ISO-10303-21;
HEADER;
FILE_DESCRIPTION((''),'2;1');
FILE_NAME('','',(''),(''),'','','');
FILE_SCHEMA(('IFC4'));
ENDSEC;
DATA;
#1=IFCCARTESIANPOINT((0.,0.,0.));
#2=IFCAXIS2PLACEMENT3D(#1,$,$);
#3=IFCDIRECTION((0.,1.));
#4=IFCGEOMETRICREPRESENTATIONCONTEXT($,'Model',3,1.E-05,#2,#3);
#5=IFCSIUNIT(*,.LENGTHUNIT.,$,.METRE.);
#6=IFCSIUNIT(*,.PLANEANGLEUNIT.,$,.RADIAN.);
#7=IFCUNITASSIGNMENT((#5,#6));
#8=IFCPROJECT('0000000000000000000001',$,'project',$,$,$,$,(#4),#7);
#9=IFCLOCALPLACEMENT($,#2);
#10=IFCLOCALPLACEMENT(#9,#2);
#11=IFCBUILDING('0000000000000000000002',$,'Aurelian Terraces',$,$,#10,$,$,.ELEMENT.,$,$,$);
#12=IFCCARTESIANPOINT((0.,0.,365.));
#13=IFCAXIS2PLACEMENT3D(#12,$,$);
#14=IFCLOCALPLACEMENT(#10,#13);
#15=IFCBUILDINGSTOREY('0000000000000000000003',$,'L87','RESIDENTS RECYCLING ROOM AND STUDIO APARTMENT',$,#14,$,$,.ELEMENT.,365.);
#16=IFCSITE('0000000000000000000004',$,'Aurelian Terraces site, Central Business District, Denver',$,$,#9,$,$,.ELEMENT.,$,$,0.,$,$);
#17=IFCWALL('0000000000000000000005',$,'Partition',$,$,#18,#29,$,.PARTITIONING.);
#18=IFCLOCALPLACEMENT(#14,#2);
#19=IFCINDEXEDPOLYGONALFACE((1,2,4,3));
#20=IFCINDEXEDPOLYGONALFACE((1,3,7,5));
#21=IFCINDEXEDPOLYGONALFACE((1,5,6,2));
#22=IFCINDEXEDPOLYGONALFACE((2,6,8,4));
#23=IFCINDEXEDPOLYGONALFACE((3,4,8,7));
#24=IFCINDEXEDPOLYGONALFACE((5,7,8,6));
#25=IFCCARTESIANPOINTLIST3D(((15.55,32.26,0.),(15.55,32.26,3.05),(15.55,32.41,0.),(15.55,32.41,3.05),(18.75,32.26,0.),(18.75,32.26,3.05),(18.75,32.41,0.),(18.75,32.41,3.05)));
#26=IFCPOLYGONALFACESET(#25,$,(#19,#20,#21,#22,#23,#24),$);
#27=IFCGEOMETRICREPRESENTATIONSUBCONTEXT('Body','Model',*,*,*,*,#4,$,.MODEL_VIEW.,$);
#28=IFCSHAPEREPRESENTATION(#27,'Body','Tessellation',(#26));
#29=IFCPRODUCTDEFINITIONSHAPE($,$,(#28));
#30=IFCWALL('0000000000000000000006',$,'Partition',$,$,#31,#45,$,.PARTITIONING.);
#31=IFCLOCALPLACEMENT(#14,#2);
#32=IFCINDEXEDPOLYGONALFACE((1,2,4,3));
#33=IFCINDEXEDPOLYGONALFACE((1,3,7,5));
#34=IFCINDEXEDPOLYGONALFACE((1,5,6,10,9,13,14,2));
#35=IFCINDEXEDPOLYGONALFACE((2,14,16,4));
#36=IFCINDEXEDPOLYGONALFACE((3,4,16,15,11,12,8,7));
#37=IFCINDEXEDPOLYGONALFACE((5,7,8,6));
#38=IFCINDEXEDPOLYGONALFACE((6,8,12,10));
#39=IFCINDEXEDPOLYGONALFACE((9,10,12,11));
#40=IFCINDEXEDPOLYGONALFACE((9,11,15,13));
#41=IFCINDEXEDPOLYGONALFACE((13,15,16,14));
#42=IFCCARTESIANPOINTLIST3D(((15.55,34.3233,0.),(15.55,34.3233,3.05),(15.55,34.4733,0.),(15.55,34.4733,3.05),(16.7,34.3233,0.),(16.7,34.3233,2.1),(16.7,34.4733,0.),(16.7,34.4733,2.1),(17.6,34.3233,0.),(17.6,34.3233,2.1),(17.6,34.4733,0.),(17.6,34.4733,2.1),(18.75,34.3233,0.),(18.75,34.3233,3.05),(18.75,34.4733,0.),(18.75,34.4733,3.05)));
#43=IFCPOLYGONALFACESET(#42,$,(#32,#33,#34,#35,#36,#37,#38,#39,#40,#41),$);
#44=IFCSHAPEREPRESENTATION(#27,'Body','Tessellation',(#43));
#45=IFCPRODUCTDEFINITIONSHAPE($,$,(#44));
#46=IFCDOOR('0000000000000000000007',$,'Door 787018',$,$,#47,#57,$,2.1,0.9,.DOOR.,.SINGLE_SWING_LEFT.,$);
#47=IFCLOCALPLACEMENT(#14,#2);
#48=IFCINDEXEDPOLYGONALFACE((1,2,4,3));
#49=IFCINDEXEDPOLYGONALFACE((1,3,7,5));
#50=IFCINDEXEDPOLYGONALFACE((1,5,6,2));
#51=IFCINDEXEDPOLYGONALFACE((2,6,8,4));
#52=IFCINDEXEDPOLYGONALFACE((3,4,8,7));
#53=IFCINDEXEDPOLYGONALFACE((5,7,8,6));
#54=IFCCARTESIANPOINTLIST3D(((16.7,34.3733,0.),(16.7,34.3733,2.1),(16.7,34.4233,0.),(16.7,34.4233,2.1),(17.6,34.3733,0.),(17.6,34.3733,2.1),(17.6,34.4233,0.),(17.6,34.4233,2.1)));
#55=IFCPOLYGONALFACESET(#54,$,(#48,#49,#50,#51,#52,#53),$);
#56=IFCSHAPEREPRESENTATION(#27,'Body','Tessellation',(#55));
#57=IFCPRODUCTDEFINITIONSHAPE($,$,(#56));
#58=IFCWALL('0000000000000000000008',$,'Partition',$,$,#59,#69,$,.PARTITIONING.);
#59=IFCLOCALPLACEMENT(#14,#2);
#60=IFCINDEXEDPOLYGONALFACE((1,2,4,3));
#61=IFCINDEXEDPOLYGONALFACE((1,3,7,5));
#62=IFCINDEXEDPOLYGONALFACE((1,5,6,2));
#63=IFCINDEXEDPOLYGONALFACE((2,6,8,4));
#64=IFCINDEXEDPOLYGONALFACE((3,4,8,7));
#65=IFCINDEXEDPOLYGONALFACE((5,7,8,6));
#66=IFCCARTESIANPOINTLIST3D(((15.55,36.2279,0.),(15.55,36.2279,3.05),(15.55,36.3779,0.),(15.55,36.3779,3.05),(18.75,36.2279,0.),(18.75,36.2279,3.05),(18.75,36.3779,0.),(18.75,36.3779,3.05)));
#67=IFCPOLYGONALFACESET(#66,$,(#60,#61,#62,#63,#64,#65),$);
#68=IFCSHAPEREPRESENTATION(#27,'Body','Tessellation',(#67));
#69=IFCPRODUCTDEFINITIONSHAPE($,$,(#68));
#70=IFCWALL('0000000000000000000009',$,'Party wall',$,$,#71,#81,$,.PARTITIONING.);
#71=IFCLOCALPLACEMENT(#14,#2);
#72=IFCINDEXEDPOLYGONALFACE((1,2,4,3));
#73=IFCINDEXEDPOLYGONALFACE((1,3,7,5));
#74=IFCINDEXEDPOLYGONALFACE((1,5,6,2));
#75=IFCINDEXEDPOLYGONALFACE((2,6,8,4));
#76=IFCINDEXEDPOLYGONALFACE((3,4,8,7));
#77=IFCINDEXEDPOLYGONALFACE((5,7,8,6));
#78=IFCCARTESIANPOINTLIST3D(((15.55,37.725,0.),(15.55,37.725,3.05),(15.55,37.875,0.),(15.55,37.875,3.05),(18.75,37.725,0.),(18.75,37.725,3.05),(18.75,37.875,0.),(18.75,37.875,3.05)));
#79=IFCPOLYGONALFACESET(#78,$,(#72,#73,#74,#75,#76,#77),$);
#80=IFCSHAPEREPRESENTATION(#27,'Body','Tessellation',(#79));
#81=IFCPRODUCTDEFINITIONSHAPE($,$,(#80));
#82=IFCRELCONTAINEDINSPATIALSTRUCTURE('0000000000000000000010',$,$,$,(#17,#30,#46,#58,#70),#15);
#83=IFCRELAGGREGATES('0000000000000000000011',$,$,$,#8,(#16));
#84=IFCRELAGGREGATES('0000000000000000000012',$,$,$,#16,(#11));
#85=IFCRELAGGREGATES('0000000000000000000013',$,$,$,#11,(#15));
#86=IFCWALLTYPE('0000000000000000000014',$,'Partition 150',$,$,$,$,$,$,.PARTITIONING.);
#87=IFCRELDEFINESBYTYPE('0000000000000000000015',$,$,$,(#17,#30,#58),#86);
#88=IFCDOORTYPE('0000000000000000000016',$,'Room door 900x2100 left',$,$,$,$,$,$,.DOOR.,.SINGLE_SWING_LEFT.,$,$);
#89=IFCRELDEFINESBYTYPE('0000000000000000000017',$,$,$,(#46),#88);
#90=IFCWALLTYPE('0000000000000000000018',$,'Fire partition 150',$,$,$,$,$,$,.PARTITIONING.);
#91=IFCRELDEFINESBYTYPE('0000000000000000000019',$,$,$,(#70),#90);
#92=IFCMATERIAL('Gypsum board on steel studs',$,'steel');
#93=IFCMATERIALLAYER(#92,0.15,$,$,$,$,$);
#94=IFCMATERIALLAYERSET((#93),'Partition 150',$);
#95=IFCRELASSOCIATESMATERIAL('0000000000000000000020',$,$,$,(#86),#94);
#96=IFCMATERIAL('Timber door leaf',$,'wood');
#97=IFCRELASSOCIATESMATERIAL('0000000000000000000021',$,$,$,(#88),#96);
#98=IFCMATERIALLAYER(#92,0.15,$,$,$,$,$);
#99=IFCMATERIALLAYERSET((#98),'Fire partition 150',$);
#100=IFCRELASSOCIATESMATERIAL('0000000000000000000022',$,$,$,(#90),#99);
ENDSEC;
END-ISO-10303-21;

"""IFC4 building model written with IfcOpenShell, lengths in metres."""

from ifc_helpers import new_model, si_unit, direction, frame, frame_2d, origin, place, context, subcontext, project, spatial, rectangle, extrude, source, transform, mapped, material, layer, layer_set, type_object, element, fill, save


model = new_model("IFC4")

# Units and contexts
model_context = context("Model", 3, precision=1e-05, world=origin(), true_north=direction((0.0, 1.0)))
body_context = subcontext(model_context, "Body", "Model", "MODEL_VIEW")
ifc_project = project(units=[si_unit("LENGTHUNIT", "METRE"), si_unit("PLANEANGLEUNIT", "RADIAN")], contexts=[model_context])

# Site, building, storey
site_placement = place(None, origin())
site = spatial("IfcSite", under=ifc_project, at=site_placement, Name="Aurelian Terraces site, Central Business District, Denver", CompositionType="ELEMENT", RefElevation=0.0)
building_placement = place(site_placement, origin())
building = spatial("IfcBuilding", under=site, at=building_placement, Name="Aurelian Terraces", CompositionType="ELEMENT")
storey_placement = place(building_placement, frame((0.0, 0.0, 365.0)))
storey = spatial("IfcBuildingStorey", under=building, at=storey_placement, Name="L87", Description="RESIDENTS RECYCLING ROOM AND STUDIO APARTMENT", CompositionType="ELEMENT", Elevation=365.0)

# Shared definitions
ifc_material_1 = material(Name="Gypsum board on steel studs", Category="steel")
shared_shape_1 = source(origin(), body_context, "Body", "SweptSolid", [
    extrude(rectangle(XDim=0.9, YDim=2.1, at=frame_2d((0.45, 1.05))), frame((0.0, 0.025, 0.0), z_axis=(0.0, -1.0, 0.0), x_axis=(1.0, 0.0, 0.0)), (0.0, 0.0, 1.0), 0.05),
])

# Wall
ifc_layer_1 = layer(ifc_material_1, 0.15)
ifc_layer_set_1 = layer_set([ifc_layer_1], Name="Partition 150")
wall_type_1 = type_object("IfcWallType", Name="Partition 150", PredefinedType="PARTITIONING", material=ifc_layer_set_1)
shared_shape_2 = source(origin(), body_context, "Body", "SweptSolid", [
    extrude(rectangle(XDim=3.2, YDim=0.15, at=frame_2d((1.6, 0.0))), origin(), (0.0, 0.0, 1.0), 3.05),
])
wall_1_placement = place(storey_placement, frame((18.75, 32.335, 0.0), z_axis=(0.0, 0.0, 1.0), x_axis=(-1.0, 0.0, 0.0)))
element("IfcWall", 1, at=wall_1_placement, inside=storey, type_object=wall_type_1, Name="Partition", PredefinedType="PARTITIONING", context=body_context, shape_type="MappedRepresentation", body=[
    mapped(shared_shape_2, transform((0.0, 0.0, 0.0), scale=1.0)),
])

# Wall, opening, door
wall_2_placement = place(storey_placement, frame((18.75, 34.3983, 0.0), z_axis=(0.0, 0.0, 1.0), x_axis=(-1.0, 0.0, 0.0)))
wall_2 = element("IfcWall", 2, at=wall_2_placement, inside=storey, type_object=wall_type_1, Name="Partition", PredefinedType="PARTITIONING", context=body_context, shape_type="MappedRepresentation", body=[
    mapped(shared_shape_2, transform((0.0, 0.0, 0.0), scale=1.0)),
])
shared_shape_3 = source(origin(), body_context, "Body", "SweptSolid", [
    extrude(rectangle(XDim=0.9, YDim=2.1, at=frame_2d((0.45, 1.05))), frame((0.0, 0.085, 0.0), z_axis=(0.0, -1.0, 0.0), x_axis=(1.0, 0.0, 0.0)), (0.0, 0.0, 1.0), 0.17),
])
opening_1_placement = place(wall_2_placement, frame((1.15, 0.0, 0.0)))
opening_1 = element("IfcOpeningElement", 3, at=opening_1_placement, cuts=wall_2, PredefinedType="OPENING", context=body_context, shape_type="MappedRepresentation", body=[
    mapped(shared_shape_3, transform((0.0, 0.0, 0.0), scale=1.0)),
])
ifc_material_2 = material(Name="Timber door leaf", Category="wood")
door_type_1 = type_object("IfcDoorType", Name="Room door 900x2100 left", OperationType="SINGLE_SWING_LEFT", PredefinedType="DOOR", material=ifc_material_2)
door_1_placement = place(opening_1_placement, origin())
door_1 = element("IfcDoor", 4, at=door_1_placement, inside=storey, type_object=door_type_1, Name="Door 787018", OperationType="SINGLE_SWING_LEFT", OverallHeight=2.1, OverallWidth=0.9, PredefinedType="DOOR", context=body_context, shape_type="MappedRepresentation", body=[
    mapped(shared_shape_1, transform((0.0, 0.0, 0.0), scale=1.0)),
])
fill(opening_1, door_1)

# Walls
wall_3_placement = place(storey_placement, frame((18.75, 36.3029, 0.0), z_axis=(0.0, 0.0, 1.0), x_axis=(-1.0, 0.0, 0.0)))
element("IfcWall", 5, at=wall_3_placement, inside=storey, type_object=wall_type_1, Name="Partition", PredefinedType="PARTITIONING", context=body_context, shape_type="MappedRepresentation", body=[
    mapped(shared_shape_2, transform((0.0, 0.0, 0.0), scale=1.0)),
])
ifc_layer_2 = layer(ifc_material_1, 0.15)
ifc_layer_set_2 = layer_set([ifc_layer_2], Name="Fire partition 150")
wall_type_2 = type_object("IfcWallType", Name="Fire partition 150", PredefinedType="PARTITIONING", material=ifc_layer_set_2)
wall_4_placement = place(storey_placement, frame((18.75, 37.8, 0.0), z_axis=(0.0, 0.0, 1.0), x_axis=(-1.0, 0.0, 0.0)))
element("IfcWall", 6, at=wall_4_placement, inside=storey, type_object=wall_type_2, Name="Party wall", PredefinedType="PARTITIONING", context=body_context, shape_type="MappedRepresentation", body=[
    mapped(shared_shape_2, transform((0.0, 0.0, 0.0), scale=1.0)),
])

save(model, "model.ifc")
